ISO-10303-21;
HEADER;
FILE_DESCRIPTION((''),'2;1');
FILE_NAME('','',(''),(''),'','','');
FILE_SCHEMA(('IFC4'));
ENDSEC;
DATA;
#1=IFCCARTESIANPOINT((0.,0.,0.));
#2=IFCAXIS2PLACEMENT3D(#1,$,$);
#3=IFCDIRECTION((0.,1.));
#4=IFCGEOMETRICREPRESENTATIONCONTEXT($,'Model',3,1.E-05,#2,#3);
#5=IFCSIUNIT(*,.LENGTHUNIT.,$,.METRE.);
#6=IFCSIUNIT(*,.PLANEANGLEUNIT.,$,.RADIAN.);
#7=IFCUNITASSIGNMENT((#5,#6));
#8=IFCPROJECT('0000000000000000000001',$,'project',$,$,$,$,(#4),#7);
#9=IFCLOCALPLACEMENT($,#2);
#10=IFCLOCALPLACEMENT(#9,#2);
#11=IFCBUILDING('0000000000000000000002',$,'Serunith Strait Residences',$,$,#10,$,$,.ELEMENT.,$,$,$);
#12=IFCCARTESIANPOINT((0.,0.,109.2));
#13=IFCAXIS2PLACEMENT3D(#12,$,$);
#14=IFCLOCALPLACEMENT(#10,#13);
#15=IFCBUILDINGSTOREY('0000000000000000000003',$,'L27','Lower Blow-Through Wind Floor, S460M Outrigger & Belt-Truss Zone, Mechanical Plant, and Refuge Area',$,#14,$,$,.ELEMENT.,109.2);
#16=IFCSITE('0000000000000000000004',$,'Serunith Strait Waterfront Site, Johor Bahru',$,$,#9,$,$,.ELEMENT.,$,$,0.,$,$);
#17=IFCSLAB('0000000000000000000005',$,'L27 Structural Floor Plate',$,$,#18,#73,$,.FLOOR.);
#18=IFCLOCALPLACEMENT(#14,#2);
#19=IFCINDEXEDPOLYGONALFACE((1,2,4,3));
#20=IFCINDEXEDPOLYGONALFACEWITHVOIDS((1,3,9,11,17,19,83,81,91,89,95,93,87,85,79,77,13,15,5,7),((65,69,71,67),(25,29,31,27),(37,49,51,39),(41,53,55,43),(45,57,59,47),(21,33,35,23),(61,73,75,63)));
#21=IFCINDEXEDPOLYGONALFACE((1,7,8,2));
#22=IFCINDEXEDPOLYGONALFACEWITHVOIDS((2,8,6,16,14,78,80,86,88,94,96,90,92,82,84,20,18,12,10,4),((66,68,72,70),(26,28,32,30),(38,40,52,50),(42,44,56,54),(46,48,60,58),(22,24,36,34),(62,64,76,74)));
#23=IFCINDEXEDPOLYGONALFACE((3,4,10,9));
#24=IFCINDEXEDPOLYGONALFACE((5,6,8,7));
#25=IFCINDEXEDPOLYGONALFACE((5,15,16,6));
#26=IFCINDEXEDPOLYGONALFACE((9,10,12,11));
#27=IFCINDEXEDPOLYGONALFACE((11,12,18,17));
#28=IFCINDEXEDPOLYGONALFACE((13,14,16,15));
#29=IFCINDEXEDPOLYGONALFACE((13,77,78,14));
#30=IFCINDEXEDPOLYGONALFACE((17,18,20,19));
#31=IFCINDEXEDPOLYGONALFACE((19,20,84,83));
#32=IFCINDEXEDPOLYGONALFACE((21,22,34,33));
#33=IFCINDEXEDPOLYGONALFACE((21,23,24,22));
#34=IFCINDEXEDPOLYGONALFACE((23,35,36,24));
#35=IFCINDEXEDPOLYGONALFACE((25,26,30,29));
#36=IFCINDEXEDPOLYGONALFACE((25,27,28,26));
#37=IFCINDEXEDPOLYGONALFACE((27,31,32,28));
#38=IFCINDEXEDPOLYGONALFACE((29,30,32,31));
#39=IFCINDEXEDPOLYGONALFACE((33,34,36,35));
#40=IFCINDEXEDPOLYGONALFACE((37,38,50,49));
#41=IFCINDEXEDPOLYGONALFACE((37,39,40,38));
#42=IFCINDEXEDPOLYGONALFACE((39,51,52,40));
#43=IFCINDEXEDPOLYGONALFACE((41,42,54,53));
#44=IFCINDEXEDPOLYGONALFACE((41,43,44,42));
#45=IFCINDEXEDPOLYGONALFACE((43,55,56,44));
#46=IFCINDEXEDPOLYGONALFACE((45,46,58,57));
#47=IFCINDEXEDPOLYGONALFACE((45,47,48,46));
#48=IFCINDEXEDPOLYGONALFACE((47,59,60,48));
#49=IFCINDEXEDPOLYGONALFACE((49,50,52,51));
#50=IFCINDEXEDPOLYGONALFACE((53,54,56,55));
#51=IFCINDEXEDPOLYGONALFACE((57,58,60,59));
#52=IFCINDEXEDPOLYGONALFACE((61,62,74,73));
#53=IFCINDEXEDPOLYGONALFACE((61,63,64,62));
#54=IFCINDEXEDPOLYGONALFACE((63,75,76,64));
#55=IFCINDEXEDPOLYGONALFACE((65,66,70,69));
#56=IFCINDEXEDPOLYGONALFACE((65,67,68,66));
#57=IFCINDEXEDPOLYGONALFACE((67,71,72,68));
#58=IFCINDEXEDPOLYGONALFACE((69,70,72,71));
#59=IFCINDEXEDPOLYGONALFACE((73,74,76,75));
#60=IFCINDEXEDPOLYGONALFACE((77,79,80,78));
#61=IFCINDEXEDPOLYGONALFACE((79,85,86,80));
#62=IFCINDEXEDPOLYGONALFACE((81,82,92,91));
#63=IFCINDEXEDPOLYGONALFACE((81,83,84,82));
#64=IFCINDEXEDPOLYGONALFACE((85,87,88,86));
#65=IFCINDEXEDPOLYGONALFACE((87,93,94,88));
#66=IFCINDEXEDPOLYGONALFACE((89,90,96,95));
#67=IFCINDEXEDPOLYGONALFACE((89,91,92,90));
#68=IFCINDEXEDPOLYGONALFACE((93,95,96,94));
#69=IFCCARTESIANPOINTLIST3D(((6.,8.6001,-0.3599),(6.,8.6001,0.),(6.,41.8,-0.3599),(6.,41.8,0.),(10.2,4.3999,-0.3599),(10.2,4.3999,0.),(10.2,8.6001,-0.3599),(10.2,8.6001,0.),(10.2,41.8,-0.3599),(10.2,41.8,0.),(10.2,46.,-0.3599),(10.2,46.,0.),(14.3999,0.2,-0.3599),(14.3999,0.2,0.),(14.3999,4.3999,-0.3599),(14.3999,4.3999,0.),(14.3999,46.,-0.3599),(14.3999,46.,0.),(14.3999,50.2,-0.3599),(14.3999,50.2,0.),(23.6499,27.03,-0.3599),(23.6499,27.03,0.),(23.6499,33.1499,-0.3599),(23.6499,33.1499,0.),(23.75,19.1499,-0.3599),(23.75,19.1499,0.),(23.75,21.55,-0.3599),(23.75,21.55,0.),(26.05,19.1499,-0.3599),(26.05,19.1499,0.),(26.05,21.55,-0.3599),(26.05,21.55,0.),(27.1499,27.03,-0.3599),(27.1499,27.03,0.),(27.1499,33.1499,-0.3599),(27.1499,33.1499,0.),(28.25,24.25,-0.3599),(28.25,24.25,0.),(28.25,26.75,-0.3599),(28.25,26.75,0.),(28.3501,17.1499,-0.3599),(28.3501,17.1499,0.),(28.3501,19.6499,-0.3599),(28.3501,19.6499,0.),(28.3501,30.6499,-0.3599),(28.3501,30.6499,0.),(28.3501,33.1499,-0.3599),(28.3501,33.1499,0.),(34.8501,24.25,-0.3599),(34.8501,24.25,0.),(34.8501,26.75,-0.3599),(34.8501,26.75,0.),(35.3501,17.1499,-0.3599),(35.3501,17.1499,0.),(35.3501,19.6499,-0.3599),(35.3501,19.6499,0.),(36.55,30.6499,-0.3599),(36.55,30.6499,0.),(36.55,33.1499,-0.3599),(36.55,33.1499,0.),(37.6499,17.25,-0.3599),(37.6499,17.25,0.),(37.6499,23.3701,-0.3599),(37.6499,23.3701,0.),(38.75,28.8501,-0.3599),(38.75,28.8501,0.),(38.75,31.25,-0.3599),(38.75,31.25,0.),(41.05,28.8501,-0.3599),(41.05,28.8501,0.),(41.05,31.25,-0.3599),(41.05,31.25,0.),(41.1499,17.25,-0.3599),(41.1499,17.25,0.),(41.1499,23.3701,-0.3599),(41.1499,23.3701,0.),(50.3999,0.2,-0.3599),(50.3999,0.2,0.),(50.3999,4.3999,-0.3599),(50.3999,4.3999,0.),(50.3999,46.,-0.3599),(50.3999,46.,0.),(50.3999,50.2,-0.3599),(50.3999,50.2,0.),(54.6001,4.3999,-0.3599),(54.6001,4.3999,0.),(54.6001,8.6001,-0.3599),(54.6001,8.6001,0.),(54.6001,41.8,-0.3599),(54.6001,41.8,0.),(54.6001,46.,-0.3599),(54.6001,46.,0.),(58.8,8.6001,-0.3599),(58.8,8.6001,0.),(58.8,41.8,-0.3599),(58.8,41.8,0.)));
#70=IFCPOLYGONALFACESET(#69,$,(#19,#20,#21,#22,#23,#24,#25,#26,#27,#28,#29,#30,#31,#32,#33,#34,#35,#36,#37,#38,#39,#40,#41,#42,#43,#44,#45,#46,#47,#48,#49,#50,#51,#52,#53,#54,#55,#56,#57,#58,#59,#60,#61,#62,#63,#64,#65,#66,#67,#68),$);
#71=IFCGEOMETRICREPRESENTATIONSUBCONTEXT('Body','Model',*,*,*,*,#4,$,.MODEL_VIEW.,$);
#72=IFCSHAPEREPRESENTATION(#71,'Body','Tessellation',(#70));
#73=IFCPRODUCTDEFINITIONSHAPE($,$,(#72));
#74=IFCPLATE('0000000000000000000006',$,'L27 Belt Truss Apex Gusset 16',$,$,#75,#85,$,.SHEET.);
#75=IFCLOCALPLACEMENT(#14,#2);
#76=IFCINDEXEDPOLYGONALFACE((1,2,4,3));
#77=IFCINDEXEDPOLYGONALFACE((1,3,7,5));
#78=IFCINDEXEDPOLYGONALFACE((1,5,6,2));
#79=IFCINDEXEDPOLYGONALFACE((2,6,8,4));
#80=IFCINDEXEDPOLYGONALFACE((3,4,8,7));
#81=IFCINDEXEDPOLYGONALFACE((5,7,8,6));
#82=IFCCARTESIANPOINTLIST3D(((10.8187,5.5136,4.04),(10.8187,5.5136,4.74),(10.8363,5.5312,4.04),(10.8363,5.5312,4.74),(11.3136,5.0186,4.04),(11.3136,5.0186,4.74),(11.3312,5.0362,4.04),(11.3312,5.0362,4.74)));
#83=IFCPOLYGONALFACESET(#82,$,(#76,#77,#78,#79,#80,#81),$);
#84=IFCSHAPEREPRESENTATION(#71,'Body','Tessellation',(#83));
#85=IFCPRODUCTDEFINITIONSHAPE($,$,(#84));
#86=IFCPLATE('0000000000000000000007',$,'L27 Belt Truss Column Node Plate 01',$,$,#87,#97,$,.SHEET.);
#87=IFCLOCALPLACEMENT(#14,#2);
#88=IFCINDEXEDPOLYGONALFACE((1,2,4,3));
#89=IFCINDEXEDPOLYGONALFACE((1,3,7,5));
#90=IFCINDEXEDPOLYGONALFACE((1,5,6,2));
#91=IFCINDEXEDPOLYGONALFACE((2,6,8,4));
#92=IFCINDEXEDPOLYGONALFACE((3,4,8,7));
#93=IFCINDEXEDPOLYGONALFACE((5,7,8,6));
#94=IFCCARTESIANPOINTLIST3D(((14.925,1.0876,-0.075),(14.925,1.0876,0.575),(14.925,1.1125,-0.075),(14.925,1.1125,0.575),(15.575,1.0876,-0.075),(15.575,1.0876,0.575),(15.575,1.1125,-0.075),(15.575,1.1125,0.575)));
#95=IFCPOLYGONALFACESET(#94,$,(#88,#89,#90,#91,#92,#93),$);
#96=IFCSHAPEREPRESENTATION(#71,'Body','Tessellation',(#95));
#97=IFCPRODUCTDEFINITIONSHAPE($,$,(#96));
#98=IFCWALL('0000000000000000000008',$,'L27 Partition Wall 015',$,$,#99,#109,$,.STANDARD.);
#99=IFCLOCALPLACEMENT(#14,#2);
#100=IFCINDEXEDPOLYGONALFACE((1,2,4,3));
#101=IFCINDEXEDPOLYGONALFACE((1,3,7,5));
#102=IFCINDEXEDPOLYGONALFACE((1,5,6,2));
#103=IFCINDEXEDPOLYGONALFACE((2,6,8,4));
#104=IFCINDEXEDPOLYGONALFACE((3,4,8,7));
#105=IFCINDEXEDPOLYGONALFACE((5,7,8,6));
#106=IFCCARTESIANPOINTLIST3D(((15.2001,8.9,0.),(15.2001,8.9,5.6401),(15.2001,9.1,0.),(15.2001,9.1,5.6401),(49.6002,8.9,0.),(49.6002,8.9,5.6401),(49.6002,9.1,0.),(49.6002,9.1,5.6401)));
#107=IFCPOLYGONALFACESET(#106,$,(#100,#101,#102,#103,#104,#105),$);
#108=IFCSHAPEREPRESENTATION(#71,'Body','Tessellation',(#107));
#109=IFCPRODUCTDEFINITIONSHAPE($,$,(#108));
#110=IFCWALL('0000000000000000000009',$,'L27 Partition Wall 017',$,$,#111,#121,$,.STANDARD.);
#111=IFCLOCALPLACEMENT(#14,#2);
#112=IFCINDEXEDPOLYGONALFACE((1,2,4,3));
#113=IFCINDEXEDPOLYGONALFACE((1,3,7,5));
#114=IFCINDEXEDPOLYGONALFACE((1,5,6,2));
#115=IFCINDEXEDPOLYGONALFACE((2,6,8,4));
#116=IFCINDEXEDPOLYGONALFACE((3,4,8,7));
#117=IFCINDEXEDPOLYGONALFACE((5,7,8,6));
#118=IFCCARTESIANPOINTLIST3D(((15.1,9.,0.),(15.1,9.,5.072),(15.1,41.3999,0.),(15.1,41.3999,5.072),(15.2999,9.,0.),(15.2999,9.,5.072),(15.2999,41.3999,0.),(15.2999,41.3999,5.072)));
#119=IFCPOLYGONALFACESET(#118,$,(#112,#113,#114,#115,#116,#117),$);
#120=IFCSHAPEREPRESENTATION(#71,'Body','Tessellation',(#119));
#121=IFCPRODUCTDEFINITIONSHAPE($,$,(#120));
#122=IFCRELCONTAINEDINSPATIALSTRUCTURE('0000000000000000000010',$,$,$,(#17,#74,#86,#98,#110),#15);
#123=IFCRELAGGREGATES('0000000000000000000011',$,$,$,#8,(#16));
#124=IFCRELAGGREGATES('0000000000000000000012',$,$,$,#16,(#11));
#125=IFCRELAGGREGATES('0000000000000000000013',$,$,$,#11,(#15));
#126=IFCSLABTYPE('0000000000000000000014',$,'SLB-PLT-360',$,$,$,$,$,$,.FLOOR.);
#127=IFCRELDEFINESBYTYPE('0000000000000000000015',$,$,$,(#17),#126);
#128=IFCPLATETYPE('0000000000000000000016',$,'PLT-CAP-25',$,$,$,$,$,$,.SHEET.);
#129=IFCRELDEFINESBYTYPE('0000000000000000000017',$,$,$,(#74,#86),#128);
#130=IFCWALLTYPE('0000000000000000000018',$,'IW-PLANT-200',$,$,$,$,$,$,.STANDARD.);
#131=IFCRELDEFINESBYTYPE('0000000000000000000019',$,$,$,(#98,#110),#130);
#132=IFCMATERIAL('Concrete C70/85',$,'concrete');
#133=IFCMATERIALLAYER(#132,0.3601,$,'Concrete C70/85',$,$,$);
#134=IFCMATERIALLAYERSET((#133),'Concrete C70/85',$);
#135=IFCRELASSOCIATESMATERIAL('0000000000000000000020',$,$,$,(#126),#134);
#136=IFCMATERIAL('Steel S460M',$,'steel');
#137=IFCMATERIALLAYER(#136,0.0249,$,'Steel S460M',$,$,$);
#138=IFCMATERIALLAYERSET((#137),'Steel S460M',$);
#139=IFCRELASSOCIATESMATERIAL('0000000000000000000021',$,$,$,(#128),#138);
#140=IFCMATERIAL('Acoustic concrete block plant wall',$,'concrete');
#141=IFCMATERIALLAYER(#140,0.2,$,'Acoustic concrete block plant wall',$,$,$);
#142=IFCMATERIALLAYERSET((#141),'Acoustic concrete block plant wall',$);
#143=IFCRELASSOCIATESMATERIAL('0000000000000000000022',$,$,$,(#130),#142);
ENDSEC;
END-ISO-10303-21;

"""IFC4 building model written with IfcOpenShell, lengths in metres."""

from ifc_helpers import new_model, si_unit, direction, frame, frame_2d, origin, origin_2d, place, context, subcontext, project, spatial, polyline, rectangle, outline, extrude, source, transform, mapped, material, layer, layer_set, type_object, element, save


model = new_model("IFC4")

# Units and contexts
model_context = context("Model", 3, precision=1e-05, world=origin(), true_north=direction((0.0, 1.0)))
body_context = subcontext(model_context, "Body", "Model", "MODEL_VIEW")
ifc_project = project(units=[si_unit("LENGTHUNIT", "METRE"), si_unit("PLANEANGLEUNIT", "RADIAN")], contexts=[model_context])

# Site, building, storey
site_placement = place(None, origin())
site = spatial("IfcSite", under=ifc_project, at=site_placement, Name="Serunith Strait Waterfront Site, Johor Bahru", CompositionType="ELEMENT", RefElevation=0.0)
building_placement = place(site_placement, origin())
building = spatial("IfcBuilding", under=site, at=building_placement, Name="Serunith Strait Residences", CompositionType="ELEMENT")
storey_placement = place(building_placement, frame((0.0, 0.0, 109.2)))
storey = spatial("IfcBuildingStorey", under=building, at=storey_placement, Name="L27", Description="Lower Blow-Through Wind Floor, S460M Outrigger & Belt-Truss Zone, Mechanical Plant, and Refuge Area", CompositionType="ELEMENT", Elevation=109.2)

# Shared definitions
ifc_material_1 = material(Name="Steel S460M", Category="steel")

# Slab
ifc_material_2 = material(Name="Concrete C70/85", Category="concrete")
ifc_layer_1 = layer(ifc_material_2, 0.3601, Name="Concrete C70/85")
ifc_layer_set_1 = layer_set([ifc_layer_1], Name="Concrete C70/85")
slab_type_1 = type_object("IfcSlabType", Name="SLB-PLT-360", PredefinedType="FLOOR", material=ifc_layer_set_1)
slab_1_placement = place(storey_placement, frame((0.0, 0.0, -0.3599)))
element("IfcSlab", 1, at=slab_1_placement, inside=storey, type_object=slab_type_1, Name="L27 Structural Floor Plate", PredefinedType="FLOOR", context=body_context, shape_type="SweptSolid", body=[
    extrude(outline(polyline([(14.3999, 4.3999), (10.2, 4.3999), (10.2, 8.6001), (6.0, 8.6001), (6.0, 41.8), (10.2, 41.8), (10.2, 46.0), (14.3999, 46.0), (14.3999, 50.2), (50.3999, 50.2), (50.3999, 46.0), (54.6001, 46.0), (54.6001, 41.8), (58.8, 41.8), (58.8, 8.6001), (54.6001, 8.6001), (54.6001, 4.3999), (50.3999, 4.3999), (50.3999, 0.2), (14.3999, 0.2), (14.3999, 4.3999)]), holes=[polyline([(41.1499, 17.25), (41.1499, 23.3701), (37.6499, 23.3701), (37.6499, 17.25), (41.1499, 17.25)]), polyline([(41.05, 31.25), (38.75, 31.25), (38.75, 28.8501), (41.05, 28.8501), (41.05, 31.25)]), polyline([(36.55, 33.1499), (28.3501, 33.1499), (28.3501, 30.6499), (36.55, 30.6499), (36.55, 33.1499)]), polyline([(28.3501, 19.6499), (28.3501, 17.1499), (35.3501, 17.1499), (35.3501, 19.6499), (28.3501, 19.6499)]), polyline([(34.8501, 26.75), (28.25, 26.75), (28.25, 24.25), (34.8501, 24.25), (34.8501, 26.75)]), polyline([(23.6499, 33.1499), (23.6499, 27.03), (27.1499, 27.03), (27.1499, 33.1499), (23.6499, 33.1499)]), polyline([(26.05, 21.55), (23.75, 21.55), (23.75, 19.1499), (26.05, 19.1499), (26.05, 21.55)])]), origin(), (0.0, 0.0, 1.0), 0.3599),
])

# Plates
ifc_layer_2 = layer(ifc_material_1, 0.0249, Name="Steel S460M")
ifc_layer_set_2 = layer_set([ifc_layer_2], Name="Steel S460M")
plate_type = type_object("IfcPlateType", Name="PLT-CAP-25", PredefinedType="SHEET", material=ifc_layer_set_2)
shared_shape_1 = source(origin(), body_context, "Body", "SweptSolid", [
    extrude(rectangle(XDim=0.7, YDim=0.0249, at=origin_2d()), origin(), (0.0, 0.0, 1.0), 0.7),
])
plate_1_placement = place(storey_placement, frame((11.075, 5.2749, 4.04), z_axis=(0.0, 0.0, 1.0), x_axis=(0.707107, -0.707107, 0.0)))
element("IfcPlate", 2, at=plate_1_placement, inside=storey, type_object=plate_type, Name="L27 Belt Truss Apex Gusset 16", PredefinedType="SHEET", context=body_context, shape_type="MappedRepresentation", body=[
    mapped(shared_shape_1, transform((0.0, 0.0, 0.0), scale=1.0)),
])
shared_shape_2 = source(origin(), body_context, "Body", "SweptSolid", [
    extrude(rectangle(XDim=0.6499, YDim=0.0249, at=origin_2d()), origin(), (0.0, 0.0, 1.0), 0.6499),
])
plate_2_placement = place(storey_placement, frame((15.25, 1.1001, -0.075), z_axis=(0.0, 0.0, 1.0), x_axis=(1.0, 0.0, 0.0)))
element("IfcPlate", 3, at=plate_2_placement, inside=storey, type_object=plate_type, Name="L27 Belt Truss Column Node Plate 01", PredefinedType="SHEET", context=body_context, shape_type="MappedRepresentation", body=[
    mapped(shared_shape_2, transform((0.0, 0.0, 0.0), scale=1.0)),
])

# Walls
ifc_material_3 = material(Name="Acoustic concrete block plant wall", Category="concrete")
ifc_layer_3 = layer(ifc_material_3, 0.2, Name="Acoustic concrete block plant wall")
ifc_layer_set_3 = layer_set([ifc_layer_3], Name="Acoustic concrete block plant wall")
wall_type = type_object("IfcWallType", Name="IW-PLANT-200", PredefinedType="STANDARD", material=ifc_layer_set_3)
wall_1_placement = place(storey_placement, frame((15.2, 9.0, 0.0), z_axis=(0.0, 0.0, 1.0), x_axis=(1.0, 0.0, 0.0)))
element("IfcWall", 4, at=wall_1_placement, inside=storey, type_object=wall_type, Name="L27 Partition Wall 015", PredefinedType="STANDARD", context=body_context, shape_type="SweptSolid", body=[
    extrude(rectangle(XDim=34.4001, YDim=0.2, at=frame_2d((17.2002, 0.0))), origin(), (0.0, 0.0, 1.0), 5.6401),
])
wall_2_placement = place(storey_placement, frame((15.2, 9.0, 0.0), z_axis=(0.0, 0.0, 1.0), x_axis=(0.0, 1.0, 0.0)))
element("IfcWall", 5, at=wall_2_placement, inside=storey, type_object=wall_type, Name="L27 Partition Wall 017", PredefinedType="STANDARD", context=body_context, shape_type="SweptSolid", body=[
    extrude(rectangle(XDim=32.3999, YDim=0.2, at=frame_2d((16.2, 0.0))), origin(), (0.0, 0.0, 1.0), 5.072),
])

save(model, "model.ifc")
